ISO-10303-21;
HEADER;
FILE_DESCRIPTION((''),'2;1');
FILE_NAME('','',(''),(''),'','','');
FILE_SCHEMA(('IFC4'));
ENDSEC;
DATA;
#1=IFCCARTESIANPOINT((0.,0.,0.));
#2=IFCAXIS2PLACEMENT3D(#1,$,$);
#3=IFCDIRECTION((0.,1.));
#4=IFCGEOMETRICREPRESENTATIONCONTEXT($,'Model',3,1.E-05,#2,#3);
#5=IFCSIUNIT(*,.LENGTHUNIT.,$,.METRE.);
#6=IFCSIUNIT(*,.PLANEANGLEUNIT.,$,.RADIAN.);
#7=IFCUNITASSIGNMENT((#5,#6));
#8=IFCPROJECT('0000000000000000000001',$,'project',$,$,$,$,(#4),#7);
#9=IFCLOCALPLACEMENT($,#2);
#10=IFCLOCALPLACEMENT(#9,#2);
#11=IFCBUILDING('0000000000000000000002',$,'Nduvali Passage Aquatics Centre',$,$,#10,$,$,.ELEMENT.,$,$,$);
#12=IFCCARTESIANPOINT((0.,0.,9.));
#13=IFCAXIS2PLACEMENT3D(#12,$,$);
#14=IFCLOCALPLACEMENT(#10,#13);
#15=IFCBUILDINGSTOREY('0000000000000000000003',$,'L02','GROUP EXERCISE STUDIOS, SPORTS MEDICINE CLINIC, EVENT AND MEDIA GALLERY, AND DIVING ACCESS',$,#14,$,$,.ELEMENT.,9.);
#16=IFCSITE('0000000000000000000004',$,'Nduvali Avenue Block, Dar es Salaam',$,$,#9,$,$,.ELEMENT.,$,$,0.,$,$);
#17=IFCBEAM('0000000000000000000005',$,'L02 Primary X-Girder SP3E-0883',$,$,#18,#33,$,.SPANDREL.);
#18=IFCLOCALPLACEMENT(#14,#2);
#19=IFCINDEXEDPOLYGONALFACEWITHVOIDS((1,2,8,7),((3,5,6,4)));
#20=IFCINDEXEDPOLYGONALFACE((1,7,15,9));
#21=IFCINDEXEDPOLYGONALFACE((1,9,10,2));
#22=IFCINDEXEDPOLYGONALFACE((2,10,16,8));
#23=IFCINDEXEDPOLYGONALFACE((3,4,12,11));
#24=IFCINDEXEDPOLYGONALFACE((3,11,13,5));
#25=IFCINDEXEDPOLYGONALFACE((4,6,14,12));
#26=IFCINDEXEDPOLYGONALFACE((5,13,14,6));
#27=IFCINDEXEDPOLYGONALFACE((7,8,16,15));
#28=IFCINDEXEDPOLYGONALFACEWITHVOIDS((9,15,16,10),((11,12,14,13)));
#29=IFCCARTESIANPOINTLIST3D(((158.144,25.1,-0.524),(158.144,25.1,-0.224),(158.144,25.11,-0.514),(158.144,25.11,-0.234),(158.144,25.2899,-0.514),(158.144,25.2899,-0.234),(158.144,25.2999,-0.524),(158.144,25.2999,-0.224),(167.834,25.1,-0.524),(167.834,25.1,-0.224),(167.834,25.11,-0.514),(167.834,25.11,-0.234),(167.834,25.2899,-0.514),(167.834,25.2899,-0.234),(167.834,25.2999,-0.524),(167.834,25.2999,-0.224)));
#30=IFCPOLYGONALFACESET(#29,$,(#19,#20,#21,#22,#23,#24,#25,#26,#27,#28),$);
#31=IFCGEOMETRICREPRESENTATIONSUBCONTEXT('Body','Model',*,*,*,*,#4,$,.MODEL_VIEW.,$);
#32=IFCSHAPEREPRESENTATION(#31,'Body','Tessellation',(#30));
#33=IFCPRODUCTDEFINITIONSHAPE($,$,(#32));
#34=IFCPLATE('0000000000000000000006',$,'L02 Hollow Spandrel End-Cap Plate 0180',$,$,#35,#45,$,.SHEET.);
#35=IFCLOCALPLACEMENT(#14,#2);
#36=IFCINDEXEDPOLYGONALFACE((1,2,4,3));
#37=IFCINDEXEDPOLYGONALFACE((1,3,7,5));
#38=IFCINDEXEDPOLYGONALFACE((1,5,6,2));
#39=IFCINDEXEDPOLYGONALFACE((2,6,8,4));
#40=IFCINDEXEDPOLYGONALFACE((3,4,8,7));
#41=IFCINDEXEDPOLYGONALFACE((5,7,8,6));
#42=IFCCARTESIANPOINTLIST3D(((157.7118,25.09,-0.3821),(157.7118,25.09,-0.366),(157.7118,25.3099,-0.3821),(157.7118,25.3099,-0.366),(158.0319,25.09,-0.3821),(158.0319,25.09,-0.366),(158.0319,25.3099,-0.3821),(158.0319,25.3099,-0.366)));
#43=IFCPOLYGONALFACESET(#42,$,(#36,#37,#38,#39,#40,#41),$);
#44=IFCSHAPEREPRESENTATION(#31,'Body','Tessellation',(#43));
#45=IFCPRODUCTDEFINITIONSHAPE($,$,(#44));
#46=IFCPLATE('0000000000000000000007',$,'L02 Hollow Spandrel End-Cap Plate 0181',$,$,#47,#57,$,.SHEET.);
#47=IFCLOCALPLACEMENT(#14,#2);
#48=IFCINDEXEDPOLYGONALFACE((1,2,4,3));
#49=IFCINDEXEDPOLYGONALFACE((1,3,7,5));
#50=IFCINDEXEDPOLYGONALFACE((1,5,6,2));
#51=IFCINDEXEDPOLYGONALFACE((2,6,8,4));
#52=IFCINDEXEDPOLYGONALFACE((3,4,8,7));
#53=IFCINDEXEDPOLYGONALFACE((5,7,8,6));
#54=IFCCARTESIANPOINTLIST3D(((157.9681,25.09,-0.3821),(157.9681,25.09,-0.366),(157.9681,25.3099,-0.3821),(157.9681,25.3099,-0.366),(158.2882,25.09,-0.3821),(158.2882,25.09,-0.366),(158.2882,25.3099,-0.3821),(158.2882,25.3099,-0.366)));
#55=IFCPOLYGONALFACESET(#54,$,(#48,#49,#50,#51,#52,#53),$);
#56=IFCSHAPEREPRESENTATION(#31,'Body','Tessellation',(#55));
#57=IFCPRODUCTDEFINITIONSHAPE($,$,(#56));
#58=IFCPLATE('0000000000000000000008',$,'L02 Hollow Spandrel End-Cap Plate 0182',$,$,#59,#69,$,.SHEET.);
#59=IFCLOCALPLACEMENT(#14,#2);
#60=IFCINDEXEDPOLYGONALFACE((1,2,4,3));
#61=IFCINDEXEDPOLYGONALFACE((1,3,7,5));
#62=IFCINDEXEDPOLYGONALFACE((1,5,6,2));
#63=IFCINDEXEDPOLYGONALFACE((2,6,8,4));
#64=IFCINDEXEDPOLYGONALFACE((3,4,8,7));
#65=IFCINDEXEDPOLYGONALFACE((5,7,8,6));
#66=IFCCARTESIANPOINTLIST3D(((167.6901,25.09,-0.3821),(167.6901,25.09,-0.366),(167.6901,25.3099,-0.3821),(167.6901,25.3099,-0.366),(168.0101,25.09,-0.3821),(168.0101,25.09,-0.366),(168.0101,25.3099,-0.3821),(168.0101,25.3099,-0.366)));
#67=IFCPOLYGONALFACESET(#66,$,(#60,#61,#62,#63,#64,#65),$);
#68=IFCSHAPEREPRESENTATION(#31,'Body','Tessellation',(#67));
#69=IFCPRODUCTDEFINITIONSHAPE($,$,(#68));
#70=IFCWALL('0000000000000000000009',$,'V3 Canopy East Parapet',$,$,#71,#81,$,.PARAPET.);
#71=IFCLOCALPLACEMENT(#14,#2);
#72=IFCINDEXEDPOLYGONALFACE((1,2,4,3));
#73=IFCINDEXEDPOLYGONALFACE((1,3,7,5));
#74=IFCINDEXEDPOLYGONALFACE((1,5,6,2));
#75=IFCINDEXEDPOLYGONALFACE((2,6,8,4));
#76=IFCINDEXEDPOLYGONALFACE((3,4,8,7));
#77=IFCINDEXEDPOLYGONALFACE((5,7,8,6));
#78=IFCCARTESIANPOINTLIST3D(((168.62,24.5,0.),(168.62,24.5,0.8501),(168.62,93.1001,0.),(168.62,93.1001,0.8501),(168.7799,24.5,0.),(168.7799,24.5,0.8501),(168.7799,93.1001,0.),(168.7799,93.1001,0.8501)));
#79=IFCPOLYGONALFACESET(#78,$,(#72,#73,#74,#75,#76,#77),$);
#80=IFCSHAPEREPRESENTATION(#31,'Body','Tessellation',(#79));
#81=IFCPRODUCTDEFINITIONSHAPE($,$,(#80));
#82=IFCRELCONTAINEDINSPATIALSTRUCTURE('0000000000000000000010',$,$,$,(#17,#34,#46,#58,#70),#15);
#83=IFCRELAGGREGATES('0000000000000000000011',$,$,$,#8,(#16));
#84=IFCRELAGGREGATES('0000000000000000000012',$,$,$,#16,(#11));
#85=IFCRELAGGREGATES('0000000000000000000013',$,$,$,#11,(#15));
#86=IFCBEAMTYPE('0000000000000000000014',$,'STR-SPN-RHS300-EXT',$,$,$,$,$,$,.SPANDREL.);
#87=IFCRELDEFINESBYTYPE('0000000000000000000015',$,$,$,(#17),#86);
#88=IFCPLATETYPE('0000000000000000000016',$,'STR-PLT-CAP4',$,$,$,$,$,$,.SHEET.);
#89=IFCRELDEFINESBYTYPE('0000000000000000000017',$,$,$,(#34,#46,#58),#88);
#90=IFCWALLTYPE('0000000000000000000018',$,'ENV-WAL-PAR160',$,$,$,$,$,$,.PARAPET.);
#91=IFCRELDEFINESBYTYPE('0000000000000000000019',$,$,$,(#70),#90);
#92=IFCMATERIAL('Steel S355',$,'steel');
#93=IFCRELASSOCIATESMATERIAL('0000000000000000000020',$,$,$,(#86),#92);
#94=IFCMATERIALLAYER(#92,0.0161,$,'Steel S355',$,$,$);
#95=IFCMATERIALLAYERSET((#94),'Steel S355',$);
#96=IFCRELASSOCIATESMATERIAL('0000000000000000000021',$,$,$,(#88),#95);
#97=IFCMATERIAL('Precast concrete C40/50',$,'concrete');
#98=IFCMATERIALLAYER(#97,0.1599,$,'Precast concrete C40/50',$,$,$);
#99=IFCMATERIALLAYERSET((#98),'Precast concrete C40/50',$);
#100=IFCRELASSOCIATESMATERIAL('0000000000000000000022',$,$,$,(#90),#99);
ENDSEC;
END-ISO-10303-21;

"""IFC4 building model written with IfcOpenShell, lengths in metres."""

from ifc_helpers import new_model, si_unit, direction, frame, frame_2d, origin, origin_2d, place, context, subcontext, project, spatial, rectangle, hollow_rectangle, extrude, material, layer, layer_set, material_profile, profile_set, type_object, element, save


model = new_model("IFC4")

# Units and contexts
model_context = context("Model", 3, precision=1e-05, world=origin(), true_north=direction((0.0, 1.0)))
body_context = subcontext(model_context, "Body", "Model", "MODEL_VIEW")
ifc_project = project(units=[si_unit("LENGTHUNIT", "METRE"), si_unit("PLANEANGLEUNIT", "RADIAN")], contexts=[model_context])

# Site, building, storey
site_placement = place(None, origin())
site = spatial("IfcSite", under=ifc_project, at=site_placement, Name="Nduvali Avenue Block, Dar es Salaam", CompositionType="ELEMENT", RefElevation=0.0)
building_placement = place(site_placement, origin())
building = spatial("IfcBuilding", under=site, at=building_placement, Name="Nduvali Passage Aquatics Centre", CompositionType="ELEMENT")
storey_placement = place(building_placement, frame((0.0, 0.0, 9.0)))
storey = spatial("IfcBuildingStorey", under=building, at=storey_placement, Name="L02", Description="GROUP EXERCISE STUDIOS, SPORTS MEDICINE CLINIC, EVENT AND MEDIA GALLERY, AND DIVING ACCESS", CompositionType="ELEMENT", Elevation=9.0)

# Beam
ifc_material_1 = material(Name="Steel S355", Category="steel")
ifc_material_profile_1 = material_profile(ifc_material_1, hollow_rectangle(XDim=0.2, YDim=0.3, WallThickness=0.01, at=origin_2d()), Name="RHS 300x200x10.0")
ifc_profile_set_1 = profile_set([ifc_material_profile_1], Name="Steel S355")
beam_type_1 = type_object("IfcBeamType", Name="STR-SPN-RHS300-EXT", PredefinedType="SPANDREL", material=ifc_profile_set_1)
beam_1_placement = place(storey_placement, frame((158.144, 25.2, -0.374), z_axis=(1.0, 0.0, 0.0), x_axis=(0.0, 1.0, 0.0)))
element("IfcBeam", 1, at=beam_1_placement, inside=storey, type_object=beam_type_1, Name="L02 Primary X-Girder SP3E-0883", PredefinedType="SPANDREL", context=body_context, shape_type="SweptSolid", body=[
    extrude(hollow_rectangle(XDim=0.2, YDim=0.3, WallThickness=0.01, at=origin_2d()), origin(), (0.0, 0.0, 1.0), 9.6899),
])

# Plates
ifc_layer_1 = layer(ifc_material_1, 0.0161, Name="Steel S355")
ifc_layer_set_1 = layer_set([ifc_layer_1], Name="Steel S355")
plate_type = type_object("IfcPlateType", Name="STR-PLT-CAP4", PredefinedType="SHEET", material=ifc_layer_set_1)
for number, where, z_axis, x_axis, name in (
    (2, (157.8718, 25.2, -0.3821), (0.0, 0.0, 1.0), (1.0, 0.0, 0.0), "L02 Hollow Spandrel End-Cap Plate 0180"),
    (3, (158.1282, 25.2, -0.3821), (0.0, 0.0, 1.0), (1.0, 0.0, 0.0), "L02 Hollow Spandrel End-Cap Plate 0181"),
    (4, (167.8501, 25.2, -0.3821), (0.0, 0.0, 1.0), (1.0, 0.0, 0.0), "L02 Hollow Spandrel End-Cap Plate 0182"),
):
    element("IfcPlate", number, at=place(storey_placement, frame(where, z_axis=z_axis, x_axis=x_axis)), inside=storey, type_object=plate_type, Name=name, PredefinedType="SHEET", context=body_context, shape_type="SweptSolid", body=[
        extrude(rectangle(XDim=0.3201, YDim=0.22, at=origin_2d()), origin(), (0.0, 0.0, 1.0), 0.0161),
    ])

# Wall
ifc_material_2 = material(Name="Precast concrete C40/50", Category="concrete")
ifc_layer_2 = layer(ifc_material_2, 0.1599, Name="Precast concrete C40/50")
ifc_layer_set_2 = layer_set([ifc_layer_2], Name="Precast concrete C40/50")
wall_type = type_object("IfcWallType", Name="ENV-WAL-PAR160", PredefinedType="PARAPET", material=ifc_layer_set_2)
wall_placement = place(storey_placement, frame((168.7, 24.5, 0.0), z_axis=(0.0, 0.0, 1.0), x_axis=(0.0, 1.0, 0.0)))
element("IfcWall", 5, at=wall_placement, inside=storey, type_object=wall_type, Name="V3 Canopy East Parapet", PredefinedType="PARAPET", context=body_context, shape_type="SweptSolid", body=[
    extrude(rectangle(XDim=68.6001, YDim=0.1599, at=frame_2d((34.3, 0.0))), origin(), (0.0, 0.0, 1.0), 0.8501),
])

save(model, "model.ifc")
